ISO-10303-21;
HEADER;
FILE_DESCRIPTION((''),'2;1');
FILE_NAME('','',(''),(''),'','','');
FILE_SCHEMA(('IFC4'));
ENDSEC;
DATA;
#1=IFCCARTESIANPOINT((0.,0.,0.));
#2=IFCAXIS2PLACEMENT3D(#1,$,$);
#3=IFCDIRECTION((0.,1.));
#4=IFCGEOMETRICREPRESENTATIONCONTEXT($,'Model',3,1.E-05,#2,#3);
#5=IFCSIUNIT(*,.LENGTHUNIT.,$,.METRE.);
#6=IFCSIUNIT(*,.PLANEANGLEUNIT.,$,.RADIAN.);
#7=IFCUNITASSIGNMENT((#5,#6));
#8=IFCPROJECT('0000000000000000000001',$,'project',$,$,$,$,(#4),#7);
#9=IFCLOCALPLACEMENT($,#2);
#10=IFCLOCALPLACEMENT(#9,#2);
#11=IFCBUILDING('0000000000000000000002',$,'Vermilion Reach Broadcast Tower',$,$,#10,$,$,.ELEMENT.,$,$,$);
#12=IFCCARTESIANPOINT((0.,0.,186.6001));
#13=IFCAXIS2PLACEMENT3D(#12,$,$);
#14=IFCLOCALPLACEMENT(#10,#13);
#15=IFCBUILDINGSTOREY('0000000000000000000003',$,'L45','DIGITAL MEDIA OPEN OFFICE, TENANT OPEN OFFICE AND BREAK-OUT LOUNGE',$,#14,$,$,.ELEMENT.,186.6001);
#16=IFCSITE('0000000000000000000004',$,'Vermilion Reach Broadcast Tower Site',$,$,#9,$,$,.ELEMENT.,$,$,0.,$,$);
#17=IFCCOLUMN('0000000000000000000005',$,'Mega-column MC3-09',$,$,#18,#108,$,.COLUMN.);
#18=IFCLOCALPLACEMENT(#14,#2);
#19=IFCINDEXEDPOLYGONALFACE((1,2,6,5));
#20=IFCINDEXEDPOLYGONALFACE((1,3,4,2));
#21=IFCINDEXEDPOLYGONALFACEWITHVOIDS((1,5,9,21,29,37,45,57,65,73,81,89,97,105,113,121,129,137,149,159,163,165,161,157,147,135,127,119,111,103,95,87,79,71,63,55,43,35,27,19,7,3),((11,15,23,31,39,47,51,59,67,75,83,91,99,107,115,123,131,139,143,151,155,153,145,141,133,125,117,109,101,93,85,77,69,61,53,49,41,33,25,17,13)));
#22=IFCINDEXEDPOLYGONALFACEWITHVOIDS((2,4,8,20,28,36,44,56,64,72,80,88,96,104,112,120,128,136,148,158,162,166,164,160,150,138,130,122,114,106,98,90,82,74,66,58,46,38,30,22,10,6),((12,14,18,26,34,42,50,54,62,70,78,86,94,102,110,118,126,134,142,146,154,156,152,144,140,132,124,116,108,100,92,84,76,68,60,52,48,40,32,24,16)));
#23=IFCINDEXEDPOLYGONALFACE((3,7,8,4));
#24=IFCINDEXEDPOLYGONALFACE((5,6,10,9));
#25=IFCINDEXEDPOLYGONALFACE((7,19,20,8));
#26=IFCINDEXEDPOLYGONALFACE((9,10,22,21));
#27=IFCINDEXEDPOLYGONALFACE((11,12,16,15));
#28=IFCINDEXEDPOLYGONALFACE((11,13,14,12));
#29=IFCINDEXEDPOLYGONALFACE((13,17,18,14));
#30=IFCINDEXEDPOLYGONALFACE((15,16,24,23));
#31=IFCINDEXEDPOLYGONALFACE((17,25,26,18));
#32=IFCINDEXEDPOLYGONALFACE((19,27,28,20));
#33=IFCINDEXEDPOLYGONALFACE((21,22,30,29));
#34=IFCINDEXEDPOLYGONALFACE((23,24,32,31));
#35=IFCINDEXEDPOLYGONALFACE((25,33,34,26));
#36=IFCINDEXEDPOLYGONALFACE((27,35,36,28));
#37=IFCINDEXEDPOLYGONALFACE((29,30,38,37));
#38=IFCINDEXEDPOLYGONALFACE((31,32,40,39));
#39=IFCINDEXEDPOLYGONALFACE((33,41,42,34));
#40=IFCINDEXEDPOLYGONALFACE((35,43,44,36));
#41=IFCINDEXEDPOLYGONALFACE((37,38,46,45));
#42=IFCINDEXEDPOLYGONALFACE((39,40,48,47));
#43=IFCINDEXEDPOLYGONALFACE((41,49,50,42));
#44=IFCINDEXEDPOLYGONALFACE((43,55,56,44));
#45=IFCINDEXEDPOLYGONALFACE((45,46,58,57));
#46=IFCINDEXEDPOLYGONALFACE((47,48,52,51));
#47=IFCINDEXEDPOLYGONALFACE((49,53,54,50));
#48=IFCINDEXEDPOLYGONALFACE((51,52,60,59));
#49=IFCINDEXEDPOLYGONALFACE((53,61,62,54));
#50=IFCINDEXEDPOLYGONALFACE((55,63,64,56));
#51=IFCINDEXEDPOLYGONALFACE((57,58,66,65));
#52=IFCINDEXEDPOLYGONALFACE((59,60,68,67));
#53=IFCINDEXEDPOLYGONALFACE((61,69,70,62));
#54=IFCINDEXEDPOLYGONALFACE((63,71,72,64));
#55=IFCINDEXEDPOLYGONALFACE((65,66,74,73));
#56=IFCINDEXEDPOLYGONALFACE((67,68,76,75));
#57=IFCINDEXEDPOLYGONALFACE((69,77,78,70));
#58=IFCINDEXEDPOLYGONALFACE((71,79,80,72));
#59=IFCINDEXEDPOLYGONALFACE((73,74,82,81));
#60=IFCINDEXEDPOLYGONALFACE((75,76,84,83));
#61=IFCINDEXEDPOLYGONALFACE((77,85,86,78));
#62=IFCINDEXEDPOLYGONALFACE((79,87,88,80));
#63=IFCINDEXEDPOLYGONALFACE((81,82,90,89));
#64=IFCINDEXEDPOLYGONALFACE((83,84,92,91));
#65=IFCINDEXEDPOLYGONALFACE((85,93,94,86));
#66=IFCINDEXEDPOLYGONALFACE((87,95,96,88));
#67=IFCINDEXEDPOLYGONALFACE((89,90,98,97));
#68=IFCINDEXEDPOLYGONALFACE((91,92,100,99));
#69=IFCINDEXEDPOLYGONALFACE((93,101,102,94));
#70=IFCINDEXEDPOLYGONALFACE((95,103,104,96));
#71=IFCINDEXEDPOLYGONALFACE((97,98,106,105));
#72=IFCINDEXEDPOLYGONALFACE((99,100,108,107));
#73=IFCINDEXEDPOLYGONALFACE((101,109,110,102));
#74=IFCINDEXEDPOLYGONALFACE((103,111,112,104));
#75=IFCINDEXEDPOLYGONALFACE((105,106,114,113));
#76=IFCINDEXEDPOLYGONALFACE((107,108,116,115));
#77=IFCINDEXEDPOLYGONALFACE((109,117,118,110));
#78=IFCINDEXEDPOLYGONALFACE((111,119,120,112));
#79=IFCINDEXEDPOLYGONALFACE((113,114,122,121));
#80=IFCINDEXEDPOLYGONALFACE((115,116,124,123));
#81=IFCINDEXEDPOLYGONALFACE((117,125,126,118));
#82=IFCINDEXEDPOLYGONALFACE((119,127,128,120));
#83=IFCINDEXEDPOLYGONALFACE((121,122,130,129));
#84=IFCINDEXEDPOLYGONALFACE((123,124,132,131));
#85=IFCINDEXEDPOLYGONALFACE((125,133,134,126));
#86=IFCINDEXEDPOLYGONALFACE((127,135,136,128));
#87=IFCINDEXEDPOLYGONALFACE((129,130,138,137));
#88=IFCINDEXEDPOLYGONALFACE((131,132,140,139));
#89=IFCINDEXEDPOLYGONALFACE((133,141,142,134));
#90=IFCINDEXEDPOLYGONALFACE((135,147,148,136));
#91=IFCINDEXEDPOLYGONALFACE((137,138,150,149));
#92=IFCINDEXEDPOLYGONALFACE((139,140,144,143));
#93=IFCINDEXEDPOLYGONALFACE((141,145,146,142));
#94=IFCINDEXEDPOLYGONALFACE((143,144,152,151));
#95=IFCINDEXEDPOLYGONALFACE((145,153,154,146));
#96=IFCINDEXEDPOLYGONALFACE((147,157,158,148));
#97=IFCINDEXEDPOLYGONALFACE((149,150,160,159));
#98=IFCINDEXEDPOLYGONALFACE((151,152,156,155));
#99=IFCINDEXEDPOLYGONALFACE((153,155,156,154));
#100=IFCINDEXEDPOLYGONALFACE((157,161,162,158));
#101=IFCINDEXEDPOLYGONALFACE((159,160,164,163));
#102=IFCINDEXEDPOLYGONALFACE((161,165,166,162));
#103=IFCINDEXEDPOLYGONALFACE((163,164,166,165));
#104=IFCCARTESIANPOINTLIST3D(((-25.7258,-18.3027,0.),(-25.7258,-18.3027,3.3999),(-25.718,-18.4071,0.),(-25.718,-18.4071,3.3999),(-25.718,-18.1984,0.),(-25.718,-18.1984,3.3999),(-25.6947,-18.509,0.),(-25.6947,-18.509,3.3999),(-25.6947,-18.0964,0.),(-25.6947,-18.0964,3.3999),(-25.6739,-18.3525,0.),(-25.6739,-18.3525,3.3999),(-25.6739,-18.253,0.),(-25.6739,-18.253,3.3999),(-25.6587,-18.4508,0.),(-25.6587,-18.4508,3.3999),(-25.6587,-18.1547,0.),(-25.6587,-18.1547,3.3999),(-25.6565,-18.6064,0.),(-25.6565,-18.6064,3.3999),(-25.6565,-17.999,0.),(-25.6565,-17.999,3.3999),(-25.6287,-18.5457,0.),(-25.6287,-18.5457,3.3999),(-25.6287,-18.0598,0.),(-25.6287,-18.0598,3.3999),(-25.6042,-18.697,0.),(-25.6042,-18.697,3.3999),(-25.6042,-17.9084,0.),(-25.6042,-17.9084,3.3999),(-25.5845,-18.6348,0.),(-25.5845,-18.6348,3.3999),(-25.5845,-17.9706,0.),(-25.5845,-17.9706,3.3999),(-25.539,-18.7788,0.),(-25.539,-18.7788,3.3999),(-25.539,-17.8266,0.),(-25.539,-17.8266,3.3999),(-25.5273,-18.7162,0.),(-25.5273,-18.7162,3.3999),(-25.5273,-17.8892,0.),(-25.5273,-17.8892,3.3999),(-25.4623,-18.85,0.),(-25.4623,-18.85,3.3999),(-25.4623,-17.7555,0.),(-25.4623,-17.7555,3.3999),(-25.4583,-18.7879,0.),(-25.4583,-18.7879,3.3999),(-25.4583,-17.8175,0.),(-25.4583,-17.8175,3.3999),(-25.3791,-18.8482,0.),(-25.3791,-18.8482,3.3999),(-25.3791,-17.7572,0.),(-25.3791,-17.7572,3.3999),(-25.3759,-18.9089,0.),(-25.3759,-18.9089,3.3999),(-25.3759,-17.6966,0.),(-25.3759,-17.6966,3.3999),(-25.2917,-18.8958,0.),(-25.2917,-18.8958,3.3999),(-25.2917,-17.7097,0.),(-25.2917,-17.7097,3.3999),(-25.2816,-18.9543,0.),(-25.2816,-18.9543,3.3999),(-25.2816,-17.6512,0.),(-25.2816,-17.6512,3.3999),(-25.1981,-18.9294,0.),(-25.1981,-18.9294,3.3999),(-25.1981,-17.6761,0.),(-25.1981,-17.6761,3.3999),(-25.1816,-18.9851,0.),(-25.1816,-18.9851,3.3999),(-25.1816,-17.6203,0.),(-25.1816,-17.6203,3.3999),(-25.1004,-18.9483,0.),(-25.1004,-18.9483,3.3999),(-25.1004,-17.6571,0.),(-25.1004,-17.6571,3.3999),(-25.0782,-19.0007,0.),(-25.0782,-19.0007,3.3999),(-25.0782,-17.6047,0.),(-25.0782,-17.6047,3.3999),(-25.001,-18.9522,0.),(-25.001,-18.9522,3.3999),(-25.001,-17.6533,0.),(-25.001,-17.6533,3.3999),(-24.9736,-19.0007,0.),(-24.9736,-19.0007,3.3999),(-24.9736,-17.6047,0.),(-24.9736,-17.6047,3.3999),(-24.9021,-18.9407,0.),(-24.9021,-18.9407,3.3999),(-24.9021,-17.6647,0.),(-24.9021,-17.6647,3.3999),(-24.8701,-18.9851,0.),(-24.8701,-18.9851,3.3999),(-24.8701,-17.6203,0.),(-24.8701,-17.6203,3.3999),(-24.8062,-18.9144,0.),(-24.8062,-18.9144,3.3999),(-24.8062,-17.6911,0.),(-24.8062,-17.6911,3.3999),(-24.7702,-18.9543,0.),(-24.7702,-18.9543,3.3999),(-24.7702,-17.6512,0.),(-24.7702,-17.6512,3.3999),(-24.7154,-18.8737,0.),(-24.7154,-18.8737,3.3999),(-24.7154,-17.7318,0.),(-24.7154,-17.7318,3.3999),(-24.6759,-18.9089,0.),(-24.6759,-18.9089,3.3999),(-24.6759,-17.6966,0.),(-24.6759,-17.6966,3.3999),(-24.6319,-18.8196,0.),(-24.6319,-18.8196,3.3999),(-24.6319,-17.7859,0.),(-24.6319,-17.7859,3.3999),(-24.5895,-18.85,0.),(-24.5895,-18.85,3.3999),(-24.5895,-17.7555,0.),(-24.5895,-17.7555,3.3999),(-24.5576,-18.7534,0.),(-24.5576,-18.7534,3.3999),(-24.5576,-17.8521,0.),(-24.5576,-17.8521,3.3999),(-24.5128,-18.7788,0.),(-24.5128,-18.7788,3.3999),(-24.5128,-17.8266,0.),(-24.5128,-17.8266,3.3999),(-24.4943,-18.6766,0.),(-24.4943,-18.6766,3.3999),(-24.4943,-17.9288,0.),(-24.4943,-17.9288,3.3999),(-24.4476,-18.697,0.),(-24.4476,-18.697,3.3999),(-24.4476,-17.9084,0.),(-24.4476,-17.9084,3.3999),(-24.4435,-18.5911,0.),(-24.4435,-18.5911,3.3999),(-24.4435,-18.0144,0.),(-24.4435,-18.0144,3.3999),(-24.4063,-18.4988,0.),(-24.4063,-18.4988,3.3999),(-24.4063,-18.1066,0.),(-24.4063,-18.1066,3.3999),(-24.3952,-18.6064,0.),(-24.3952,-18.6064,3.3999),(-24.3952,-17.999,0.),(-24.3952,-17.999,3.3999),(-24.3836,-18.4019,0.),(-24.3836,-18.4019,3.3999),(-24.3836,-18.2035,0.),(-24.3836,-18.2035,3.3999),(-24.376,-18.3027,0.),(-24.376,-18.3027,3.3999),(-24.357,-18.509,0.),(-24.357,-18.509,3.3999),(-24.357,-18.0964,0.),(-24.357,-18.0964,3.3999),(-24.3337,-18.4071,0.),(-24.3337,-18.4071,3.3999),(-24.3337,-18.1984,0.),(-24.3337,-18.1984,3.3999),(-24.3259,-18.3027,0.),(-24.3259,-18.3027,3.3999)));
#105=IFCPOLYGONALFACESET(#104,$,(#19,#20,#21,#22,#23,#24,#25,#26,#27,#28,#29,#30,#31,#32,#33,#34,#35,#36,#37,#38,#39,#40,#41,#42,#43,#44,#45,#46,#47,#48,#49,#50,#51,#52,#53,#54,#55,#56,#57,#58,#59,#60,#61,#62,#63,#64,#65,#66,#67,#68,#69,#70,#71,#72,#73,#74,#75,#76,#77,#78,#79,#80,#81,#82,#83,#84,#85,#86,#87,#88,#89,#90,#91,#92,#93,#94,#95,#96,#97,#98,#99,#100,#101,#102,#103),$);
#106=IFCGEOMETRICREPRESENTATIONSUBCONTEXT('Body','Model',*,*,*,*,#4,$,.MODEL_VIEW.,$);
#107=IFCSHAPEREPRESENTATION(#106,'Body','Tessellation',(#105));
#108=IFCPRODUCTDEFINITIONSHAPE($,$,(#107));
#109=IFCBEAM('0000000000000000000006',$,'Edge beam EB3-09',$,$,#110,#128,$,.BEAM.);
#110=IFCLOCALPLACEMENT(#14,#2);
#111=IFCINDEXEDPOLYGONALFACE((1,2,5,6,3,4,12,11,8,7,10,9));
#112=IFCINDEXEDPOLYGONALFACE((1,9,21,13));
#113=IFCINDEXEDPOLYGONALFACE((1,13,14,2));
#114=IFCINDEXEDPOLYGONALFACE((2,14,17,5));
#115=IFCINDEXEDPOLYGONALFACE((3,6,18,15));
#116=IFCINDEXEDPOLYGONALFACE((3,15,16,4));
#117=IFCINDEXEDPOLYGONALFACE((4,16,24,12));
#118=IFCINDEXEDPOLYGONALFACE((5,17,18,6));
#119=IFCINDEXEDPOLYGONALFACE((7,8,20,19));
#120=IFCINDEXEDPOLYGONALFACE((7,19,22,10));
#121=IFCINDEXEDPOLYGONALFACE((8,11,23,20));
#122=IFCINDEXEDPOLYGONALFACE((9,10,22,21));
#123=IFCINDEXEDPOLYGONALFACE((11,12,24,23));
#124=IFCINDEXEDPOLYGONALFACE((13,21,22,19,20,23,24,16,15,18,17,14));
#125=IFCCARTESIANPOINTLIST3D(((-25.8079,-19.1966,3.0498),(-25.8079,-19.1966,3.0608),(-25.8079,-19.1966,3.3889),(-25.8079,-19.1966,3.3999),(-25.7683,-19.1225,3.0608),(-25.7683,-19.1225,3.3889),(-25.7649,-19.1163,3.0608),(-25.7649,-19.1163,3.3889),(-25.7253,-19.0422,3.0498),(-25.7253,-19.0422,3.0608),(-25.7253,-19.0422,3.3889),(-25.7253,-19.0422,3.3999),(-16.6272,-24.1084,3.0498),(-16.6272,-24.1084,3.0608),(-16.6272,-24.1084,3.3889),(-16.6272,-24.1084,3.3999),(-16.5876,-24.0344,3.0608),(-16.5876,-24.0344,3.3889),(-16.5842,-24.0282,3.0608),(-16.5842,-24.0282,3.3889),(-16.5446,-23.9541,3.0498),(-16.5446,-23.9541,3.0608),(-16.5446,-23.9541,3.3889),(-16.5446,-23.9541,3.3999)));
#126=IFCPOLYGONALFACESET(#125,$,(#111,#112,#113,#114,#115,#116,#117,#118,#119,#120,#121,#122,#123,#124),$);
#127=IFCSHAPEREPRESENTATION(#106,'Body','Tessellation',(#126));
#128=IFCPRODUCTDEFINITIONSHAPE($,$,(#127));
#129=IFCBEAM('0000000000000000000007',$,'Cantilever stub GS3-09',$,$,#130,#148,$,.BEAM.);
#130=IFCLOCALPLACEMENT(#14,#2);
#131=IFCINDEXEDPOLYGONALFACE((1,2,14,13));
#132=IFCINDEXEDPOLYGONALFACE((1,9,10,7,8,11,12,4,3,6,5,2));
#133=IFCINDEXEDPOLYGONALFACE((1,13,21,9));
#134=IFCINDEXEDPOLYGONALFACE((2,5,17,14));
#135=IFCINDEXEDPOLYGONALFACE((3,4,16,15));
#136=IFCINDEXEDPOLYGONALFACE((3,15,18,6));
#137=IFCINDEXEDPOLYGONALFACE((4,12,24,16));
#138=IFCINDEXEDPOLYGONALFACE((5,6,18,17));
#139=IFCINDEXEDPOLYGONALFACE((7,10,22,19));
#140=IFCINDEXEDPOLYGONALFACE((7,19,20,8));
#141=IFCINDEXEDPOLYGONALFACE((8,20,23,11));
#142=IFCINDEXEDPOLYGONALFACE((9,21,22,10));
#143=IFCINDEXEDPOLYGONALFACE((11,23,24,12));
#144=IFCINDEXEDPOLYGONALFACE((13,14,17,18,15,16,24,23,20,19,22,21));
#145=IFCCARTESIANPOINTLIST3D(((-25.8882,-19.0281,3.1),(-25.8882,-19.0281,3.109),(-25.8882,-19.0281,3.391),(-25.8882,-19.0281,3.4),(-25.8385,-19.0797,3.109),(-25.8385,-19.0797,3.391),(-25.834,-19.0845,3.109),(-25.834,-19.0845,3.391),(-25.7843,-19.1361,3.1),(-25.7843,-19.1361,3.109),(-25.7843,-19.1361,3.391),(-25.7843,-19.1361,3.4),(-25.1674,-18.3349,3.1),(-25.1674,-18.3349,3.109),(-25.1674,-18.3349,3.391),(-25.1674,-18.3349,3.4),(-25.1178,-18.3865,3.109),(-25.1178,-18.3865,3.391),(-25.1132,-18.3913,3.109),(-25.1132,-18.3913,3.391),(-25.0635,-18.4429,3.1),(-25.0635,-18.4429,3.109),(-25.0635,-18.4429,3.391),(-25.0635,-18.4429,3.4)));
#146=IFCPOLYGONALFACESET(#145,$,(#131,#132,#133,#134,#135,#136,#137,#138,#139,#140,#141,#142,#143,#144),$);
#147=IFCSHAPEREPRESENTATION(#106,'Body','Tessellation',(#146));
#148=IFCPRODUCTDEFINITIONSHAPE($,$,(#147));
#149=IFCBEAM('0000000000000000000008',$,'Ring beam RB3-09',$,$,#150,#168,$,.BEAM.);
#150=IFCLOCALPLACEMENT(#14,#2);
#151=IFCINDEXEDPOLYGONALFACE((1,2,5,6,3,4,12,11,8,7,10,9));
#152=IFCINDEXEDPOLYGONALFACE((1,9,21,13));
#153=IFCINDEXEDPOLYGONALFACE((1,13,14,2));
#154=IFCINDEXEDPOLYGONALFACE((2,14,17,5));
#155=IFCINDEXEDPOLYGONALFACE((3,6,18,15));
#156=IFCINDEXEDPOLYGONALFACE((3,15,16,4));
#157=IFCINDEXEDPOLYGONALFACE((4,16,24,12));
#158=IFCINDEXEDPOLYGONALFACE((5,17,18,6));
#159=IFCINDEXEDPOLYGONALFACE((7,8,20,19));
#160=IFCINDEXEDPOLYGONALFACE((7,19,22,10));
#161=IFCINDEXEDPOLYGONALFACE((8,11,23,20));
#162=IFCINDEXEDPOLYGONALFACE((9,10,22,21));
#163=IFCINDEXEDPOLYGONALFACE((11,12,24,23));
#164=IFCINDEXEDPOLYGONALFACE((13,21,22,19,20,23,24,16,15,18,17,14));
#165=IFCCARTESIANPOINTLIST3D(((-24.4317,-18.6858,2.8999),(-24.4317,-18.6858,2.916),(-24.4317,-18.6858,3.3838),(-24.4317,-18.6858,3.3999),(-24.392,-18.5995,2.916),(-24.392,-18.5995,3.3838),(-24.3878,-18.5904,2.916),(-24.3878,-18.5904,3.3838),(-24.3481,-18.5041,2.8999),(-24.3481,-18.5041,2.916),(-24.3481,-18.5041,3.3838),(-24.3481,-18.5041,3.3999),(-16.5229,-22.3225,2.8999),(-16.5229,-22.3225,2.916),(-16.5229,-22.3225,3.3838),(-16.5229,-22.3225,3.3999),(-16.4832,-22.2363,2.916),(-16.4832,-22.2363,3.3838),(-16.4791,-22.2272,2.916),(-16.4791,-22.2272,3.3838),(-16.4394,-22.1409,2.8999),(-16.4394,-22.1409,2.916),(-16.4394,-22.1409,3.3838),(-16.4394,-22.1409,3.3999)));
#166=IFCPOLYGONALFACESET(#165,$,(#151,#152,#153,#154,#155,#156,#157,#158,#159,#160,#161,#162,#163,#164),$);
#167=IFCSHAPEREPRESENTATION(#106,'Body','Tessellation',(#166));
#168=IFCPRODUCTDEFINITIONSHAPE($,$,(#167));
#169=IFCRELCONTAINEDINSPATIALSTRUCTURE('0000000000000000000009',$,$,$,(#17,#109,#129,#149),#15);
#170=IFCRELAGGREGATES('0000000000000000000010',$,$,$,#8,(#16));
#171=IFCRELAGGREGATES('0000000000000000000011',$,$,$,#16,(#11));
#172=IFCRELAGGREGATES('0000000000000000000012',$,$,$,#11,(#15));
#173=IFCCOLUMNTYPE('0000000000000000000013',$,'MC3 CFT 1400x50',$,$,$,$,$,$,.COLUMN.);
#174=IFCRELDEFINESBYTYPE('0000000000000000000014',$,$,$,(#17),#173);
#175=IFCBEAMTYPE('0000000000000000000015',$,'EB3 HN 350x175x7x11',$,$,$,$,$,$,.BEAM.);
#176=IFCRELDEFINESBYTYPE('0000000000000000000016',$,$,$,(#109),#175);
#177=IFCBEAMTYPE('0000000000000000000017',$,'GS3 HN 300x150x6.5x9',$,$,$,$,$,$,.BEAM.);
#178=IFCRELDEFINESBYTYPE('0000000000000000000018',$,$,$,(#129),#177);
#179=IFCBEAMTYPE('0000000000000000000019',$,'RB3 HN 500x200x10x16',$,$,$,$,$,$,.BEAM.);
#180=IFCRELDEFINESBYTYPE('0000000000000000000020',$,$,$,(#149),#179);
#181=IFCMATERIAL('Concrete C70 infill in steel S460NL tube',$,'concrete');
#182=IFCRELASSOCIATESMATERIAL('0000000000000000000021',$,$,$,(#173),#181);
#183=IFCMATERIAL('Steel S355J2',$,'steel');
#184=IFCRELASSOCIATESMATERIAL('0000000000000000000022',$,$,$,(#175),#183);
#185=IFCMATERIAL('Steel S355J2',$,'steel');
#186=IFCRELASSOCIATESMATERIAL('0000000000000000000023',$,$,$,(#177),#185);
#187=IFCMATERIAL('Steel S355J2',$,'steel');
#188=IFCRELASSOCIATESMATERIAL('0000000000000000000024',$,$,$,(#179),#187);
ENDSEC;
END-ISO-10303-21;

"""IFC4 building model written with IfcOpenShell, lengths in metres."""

from ifc_helpers import new_model, si_unit, direction, frame, origin, origin_2d, place, context, subcontext, project, spatial, hollow_circle, i_section, extrude, material, material_profile, profile_set, type_object, element, save


model = new_model("IFC4")

# Units and contexts
model_context = context("Model", 3, precision=1e-05, world=origin(), true_north=direction((0.0, 1.0)))
body_context = subcontext(model_context, "Body", "Model", "MODEL_VIEW")
ifc_project = project(units=[si_unit("LENGTHUNIT", "METRE"), si_unit("PLANEANGLEUNIT", "RADIAN")], contexts=[model_context])

# Site, building, storey
site_placement = place(None, origin())
site = spatial("IfcSite", under=ifc_project, at=site_placement, Name="Vermilion Reach Broadcast Tower Site", CompositionType="ELEMENT", RefElevation=0.0)
building_placement = place(site_placement, origin())
building = spatial("IfcBuilding", under=site, at=building_placement, Name="Vermilion Reach Broadcast Tower", CompositionType="ELEMENT")
storey_placement = place(building_placement, frame((0.0, 0.0, 186.6001)))
storey = spatial("IfcBuildingStorey", under=building, at=storey_placement, Name="L45", Description="DIGITAL MEDIA OPEN OFFICE, TENANT OPEN OFFICE AND BREAK-OUT LOUNGE", CompositionType="ELEMENT", Elevation=186.6001)

# Column
ifc_material_1 = material(Name="Concrete C70 infill in steel S460NL tube", Category="concrete")
ifc_material_profile_1 = material_profile(ifc_material_1, hollow_circle(Radius=0.7, WallThickness=0.05, at=origin_2d()), Name="Concrete C70 infill in steel S460NL tube CFT 1400x50")
ifc_profile_set_1 = profile_set([ifc_material_profile_1], Name="Concrete C70 infill in steel S460NL tube")
column_type = type_object("IfcColumnType", Name="MC3 CFT 1400x50", PredefinedType="COLUMN", material=ifc_profile_set_1)
column_placement = place(storey_placement, frame((-25.0259, -18.3027, 0.0), z_axis=(0.0, 0.0, 1.0), x_axis=(1.0, 0.0, 0.0)))
element("IfcColumn", 1, at=column_placement, inside=storey, type_object=column_type, Name="Mega-column MC3-09", PredefinedType="COLUMN", context=body_context, shape_type="SweptSolid", body=[
    extrude(hollow_circle(Radius=0.7, WallThickness=0.05, at=origin_2d()), origin(), (0.0, 0.0, 1.0), 3.3999),
])

# Beams
ifc_material_2 = material(Name="Steel S355J2", Category="steel")
ifc_material_profile_2 = material_profile(ifc_material_2, i_section(OverallWidth=0.175, OverallDepth=0.3501, WebThickness=0.0071, FlangeThickness=0.011, at=origin_2d()), Name="S355J2 HN 350x175x7x11")
ifc_profile_set_2 = profile_set([ifc_material_profile_2], Name="Steel S355J2")
beam_type_1 = type_object("IfcBeamType", Name="EB3 HN 350x175x7x11", PredefinedType="BEAM", material=ifc_profile_set_2)
beam_1_placement = place(storey_placement, frame((-25.7666, -19.1194, 3.2249), z_axis=(0.881734, -0.471748, 0.0), x_axis=(0.471748, 0.881734, 0.0)))
element("IfcBeam", 2, at=beam_1_placement, inside=storey, type_object=beam_type_1, Name="Edge beam EB3-09", PredefinedType="BEAM", context=body_context, shape_type="SweptSolid", body=[
    extrude(i_section(OverallWidth=0.175, OverallDepth=0.3501, WebThickness=0.0071, FlangeThickness=0.011, at=origin_2d()), origin(), (0.0, 0.0, 1.0), 10.4121),
])
ifc_material_3 = material(Name="Steel S355J2", Category="steel")
ifc_material_profile_3 = material_profile(ifc_material_3, i_section(OverallWidth=0.1499, OverallDepth=0.3, WebThickness=0.0066, FlangeThickness=0.009, at=origin_2d()), Name="S355J2 HN 300x150x6.5x9")
ifc_profile_set_3 = profile_set([ifc_material_profile_3], Name="Steel S355J2")
beam_type_2 = type_object("IfcBeamType", Name="GS3 HN 300x150x6.5x9", PredefinedType="BEAM", material=ifc_profile_set_3)
beam_2_placement = place(storey_placement, frame((-25.1155, -18.3889, 3.25), z_axis=(-0.720767, -0.693177, 0.0), x_axis=(0.693177, -0.720767, 0.0)))
element("IfcBeam", 3, at=beam_2_placement, inside=storey, type_object=beam_type_2, Name="Cantilever stub GS3-09", PredefinedType="BEAM", context=body_context, shape_type="SweptSolid", body=[
    extrude(i_section(OverallWidth=0.1499, OverallDepth=0.3, WebThickness=0.0066, FlangeThickness=0.009, at=origin_2d()), origin(), (0.0, 0.0, 1.0), 1.0),
])
ifc_material_4 = material(Name="Steel S355J2", Category="steel")
ifc_material_profile_4 = material_profile(ifc_material_4, i_section(OverallWidth=0.2, OverallDepth=0.5, WebThickness=0.01, FlangeThickness=0.0161, at=origin_2d()), Name="S355J2 HN 500x200x10x16")
ifc_profile_set_4 = profile_set([ifc_material_profile_4], Name="Steel S355J2")
beam_type_3 = type_object("IfcBeamType", Name="RB3 HN 500x200x10x16", PredefinedType="BEAM", material=ifc_profile_set_4)
beam_3_placement = place(storey_placement, frame((-24.3899, -18.595, 3.1499), z_axis=(0.908546, -0.417784, 0.0), x_axis=(0.417784, 0.908546, 0.0)))
element("IfcBeam", 4, at=beam_3_placement, inside=storey, type_object=beam_type_3, Name="Ring beam RB3-09", PredefinedType="BEAM", context=body_context, shape_type="SweptSolid", body=[
    extrude(i_section(OverallWidth=0.2, OverallDepth=0.5, WebThickness=0.01, FlangeThickness=0.0161, at=origin_2d()), origin(), (0.0, 0.0, 1.0), 8.7048),
])

save(model, "model.ifc")
